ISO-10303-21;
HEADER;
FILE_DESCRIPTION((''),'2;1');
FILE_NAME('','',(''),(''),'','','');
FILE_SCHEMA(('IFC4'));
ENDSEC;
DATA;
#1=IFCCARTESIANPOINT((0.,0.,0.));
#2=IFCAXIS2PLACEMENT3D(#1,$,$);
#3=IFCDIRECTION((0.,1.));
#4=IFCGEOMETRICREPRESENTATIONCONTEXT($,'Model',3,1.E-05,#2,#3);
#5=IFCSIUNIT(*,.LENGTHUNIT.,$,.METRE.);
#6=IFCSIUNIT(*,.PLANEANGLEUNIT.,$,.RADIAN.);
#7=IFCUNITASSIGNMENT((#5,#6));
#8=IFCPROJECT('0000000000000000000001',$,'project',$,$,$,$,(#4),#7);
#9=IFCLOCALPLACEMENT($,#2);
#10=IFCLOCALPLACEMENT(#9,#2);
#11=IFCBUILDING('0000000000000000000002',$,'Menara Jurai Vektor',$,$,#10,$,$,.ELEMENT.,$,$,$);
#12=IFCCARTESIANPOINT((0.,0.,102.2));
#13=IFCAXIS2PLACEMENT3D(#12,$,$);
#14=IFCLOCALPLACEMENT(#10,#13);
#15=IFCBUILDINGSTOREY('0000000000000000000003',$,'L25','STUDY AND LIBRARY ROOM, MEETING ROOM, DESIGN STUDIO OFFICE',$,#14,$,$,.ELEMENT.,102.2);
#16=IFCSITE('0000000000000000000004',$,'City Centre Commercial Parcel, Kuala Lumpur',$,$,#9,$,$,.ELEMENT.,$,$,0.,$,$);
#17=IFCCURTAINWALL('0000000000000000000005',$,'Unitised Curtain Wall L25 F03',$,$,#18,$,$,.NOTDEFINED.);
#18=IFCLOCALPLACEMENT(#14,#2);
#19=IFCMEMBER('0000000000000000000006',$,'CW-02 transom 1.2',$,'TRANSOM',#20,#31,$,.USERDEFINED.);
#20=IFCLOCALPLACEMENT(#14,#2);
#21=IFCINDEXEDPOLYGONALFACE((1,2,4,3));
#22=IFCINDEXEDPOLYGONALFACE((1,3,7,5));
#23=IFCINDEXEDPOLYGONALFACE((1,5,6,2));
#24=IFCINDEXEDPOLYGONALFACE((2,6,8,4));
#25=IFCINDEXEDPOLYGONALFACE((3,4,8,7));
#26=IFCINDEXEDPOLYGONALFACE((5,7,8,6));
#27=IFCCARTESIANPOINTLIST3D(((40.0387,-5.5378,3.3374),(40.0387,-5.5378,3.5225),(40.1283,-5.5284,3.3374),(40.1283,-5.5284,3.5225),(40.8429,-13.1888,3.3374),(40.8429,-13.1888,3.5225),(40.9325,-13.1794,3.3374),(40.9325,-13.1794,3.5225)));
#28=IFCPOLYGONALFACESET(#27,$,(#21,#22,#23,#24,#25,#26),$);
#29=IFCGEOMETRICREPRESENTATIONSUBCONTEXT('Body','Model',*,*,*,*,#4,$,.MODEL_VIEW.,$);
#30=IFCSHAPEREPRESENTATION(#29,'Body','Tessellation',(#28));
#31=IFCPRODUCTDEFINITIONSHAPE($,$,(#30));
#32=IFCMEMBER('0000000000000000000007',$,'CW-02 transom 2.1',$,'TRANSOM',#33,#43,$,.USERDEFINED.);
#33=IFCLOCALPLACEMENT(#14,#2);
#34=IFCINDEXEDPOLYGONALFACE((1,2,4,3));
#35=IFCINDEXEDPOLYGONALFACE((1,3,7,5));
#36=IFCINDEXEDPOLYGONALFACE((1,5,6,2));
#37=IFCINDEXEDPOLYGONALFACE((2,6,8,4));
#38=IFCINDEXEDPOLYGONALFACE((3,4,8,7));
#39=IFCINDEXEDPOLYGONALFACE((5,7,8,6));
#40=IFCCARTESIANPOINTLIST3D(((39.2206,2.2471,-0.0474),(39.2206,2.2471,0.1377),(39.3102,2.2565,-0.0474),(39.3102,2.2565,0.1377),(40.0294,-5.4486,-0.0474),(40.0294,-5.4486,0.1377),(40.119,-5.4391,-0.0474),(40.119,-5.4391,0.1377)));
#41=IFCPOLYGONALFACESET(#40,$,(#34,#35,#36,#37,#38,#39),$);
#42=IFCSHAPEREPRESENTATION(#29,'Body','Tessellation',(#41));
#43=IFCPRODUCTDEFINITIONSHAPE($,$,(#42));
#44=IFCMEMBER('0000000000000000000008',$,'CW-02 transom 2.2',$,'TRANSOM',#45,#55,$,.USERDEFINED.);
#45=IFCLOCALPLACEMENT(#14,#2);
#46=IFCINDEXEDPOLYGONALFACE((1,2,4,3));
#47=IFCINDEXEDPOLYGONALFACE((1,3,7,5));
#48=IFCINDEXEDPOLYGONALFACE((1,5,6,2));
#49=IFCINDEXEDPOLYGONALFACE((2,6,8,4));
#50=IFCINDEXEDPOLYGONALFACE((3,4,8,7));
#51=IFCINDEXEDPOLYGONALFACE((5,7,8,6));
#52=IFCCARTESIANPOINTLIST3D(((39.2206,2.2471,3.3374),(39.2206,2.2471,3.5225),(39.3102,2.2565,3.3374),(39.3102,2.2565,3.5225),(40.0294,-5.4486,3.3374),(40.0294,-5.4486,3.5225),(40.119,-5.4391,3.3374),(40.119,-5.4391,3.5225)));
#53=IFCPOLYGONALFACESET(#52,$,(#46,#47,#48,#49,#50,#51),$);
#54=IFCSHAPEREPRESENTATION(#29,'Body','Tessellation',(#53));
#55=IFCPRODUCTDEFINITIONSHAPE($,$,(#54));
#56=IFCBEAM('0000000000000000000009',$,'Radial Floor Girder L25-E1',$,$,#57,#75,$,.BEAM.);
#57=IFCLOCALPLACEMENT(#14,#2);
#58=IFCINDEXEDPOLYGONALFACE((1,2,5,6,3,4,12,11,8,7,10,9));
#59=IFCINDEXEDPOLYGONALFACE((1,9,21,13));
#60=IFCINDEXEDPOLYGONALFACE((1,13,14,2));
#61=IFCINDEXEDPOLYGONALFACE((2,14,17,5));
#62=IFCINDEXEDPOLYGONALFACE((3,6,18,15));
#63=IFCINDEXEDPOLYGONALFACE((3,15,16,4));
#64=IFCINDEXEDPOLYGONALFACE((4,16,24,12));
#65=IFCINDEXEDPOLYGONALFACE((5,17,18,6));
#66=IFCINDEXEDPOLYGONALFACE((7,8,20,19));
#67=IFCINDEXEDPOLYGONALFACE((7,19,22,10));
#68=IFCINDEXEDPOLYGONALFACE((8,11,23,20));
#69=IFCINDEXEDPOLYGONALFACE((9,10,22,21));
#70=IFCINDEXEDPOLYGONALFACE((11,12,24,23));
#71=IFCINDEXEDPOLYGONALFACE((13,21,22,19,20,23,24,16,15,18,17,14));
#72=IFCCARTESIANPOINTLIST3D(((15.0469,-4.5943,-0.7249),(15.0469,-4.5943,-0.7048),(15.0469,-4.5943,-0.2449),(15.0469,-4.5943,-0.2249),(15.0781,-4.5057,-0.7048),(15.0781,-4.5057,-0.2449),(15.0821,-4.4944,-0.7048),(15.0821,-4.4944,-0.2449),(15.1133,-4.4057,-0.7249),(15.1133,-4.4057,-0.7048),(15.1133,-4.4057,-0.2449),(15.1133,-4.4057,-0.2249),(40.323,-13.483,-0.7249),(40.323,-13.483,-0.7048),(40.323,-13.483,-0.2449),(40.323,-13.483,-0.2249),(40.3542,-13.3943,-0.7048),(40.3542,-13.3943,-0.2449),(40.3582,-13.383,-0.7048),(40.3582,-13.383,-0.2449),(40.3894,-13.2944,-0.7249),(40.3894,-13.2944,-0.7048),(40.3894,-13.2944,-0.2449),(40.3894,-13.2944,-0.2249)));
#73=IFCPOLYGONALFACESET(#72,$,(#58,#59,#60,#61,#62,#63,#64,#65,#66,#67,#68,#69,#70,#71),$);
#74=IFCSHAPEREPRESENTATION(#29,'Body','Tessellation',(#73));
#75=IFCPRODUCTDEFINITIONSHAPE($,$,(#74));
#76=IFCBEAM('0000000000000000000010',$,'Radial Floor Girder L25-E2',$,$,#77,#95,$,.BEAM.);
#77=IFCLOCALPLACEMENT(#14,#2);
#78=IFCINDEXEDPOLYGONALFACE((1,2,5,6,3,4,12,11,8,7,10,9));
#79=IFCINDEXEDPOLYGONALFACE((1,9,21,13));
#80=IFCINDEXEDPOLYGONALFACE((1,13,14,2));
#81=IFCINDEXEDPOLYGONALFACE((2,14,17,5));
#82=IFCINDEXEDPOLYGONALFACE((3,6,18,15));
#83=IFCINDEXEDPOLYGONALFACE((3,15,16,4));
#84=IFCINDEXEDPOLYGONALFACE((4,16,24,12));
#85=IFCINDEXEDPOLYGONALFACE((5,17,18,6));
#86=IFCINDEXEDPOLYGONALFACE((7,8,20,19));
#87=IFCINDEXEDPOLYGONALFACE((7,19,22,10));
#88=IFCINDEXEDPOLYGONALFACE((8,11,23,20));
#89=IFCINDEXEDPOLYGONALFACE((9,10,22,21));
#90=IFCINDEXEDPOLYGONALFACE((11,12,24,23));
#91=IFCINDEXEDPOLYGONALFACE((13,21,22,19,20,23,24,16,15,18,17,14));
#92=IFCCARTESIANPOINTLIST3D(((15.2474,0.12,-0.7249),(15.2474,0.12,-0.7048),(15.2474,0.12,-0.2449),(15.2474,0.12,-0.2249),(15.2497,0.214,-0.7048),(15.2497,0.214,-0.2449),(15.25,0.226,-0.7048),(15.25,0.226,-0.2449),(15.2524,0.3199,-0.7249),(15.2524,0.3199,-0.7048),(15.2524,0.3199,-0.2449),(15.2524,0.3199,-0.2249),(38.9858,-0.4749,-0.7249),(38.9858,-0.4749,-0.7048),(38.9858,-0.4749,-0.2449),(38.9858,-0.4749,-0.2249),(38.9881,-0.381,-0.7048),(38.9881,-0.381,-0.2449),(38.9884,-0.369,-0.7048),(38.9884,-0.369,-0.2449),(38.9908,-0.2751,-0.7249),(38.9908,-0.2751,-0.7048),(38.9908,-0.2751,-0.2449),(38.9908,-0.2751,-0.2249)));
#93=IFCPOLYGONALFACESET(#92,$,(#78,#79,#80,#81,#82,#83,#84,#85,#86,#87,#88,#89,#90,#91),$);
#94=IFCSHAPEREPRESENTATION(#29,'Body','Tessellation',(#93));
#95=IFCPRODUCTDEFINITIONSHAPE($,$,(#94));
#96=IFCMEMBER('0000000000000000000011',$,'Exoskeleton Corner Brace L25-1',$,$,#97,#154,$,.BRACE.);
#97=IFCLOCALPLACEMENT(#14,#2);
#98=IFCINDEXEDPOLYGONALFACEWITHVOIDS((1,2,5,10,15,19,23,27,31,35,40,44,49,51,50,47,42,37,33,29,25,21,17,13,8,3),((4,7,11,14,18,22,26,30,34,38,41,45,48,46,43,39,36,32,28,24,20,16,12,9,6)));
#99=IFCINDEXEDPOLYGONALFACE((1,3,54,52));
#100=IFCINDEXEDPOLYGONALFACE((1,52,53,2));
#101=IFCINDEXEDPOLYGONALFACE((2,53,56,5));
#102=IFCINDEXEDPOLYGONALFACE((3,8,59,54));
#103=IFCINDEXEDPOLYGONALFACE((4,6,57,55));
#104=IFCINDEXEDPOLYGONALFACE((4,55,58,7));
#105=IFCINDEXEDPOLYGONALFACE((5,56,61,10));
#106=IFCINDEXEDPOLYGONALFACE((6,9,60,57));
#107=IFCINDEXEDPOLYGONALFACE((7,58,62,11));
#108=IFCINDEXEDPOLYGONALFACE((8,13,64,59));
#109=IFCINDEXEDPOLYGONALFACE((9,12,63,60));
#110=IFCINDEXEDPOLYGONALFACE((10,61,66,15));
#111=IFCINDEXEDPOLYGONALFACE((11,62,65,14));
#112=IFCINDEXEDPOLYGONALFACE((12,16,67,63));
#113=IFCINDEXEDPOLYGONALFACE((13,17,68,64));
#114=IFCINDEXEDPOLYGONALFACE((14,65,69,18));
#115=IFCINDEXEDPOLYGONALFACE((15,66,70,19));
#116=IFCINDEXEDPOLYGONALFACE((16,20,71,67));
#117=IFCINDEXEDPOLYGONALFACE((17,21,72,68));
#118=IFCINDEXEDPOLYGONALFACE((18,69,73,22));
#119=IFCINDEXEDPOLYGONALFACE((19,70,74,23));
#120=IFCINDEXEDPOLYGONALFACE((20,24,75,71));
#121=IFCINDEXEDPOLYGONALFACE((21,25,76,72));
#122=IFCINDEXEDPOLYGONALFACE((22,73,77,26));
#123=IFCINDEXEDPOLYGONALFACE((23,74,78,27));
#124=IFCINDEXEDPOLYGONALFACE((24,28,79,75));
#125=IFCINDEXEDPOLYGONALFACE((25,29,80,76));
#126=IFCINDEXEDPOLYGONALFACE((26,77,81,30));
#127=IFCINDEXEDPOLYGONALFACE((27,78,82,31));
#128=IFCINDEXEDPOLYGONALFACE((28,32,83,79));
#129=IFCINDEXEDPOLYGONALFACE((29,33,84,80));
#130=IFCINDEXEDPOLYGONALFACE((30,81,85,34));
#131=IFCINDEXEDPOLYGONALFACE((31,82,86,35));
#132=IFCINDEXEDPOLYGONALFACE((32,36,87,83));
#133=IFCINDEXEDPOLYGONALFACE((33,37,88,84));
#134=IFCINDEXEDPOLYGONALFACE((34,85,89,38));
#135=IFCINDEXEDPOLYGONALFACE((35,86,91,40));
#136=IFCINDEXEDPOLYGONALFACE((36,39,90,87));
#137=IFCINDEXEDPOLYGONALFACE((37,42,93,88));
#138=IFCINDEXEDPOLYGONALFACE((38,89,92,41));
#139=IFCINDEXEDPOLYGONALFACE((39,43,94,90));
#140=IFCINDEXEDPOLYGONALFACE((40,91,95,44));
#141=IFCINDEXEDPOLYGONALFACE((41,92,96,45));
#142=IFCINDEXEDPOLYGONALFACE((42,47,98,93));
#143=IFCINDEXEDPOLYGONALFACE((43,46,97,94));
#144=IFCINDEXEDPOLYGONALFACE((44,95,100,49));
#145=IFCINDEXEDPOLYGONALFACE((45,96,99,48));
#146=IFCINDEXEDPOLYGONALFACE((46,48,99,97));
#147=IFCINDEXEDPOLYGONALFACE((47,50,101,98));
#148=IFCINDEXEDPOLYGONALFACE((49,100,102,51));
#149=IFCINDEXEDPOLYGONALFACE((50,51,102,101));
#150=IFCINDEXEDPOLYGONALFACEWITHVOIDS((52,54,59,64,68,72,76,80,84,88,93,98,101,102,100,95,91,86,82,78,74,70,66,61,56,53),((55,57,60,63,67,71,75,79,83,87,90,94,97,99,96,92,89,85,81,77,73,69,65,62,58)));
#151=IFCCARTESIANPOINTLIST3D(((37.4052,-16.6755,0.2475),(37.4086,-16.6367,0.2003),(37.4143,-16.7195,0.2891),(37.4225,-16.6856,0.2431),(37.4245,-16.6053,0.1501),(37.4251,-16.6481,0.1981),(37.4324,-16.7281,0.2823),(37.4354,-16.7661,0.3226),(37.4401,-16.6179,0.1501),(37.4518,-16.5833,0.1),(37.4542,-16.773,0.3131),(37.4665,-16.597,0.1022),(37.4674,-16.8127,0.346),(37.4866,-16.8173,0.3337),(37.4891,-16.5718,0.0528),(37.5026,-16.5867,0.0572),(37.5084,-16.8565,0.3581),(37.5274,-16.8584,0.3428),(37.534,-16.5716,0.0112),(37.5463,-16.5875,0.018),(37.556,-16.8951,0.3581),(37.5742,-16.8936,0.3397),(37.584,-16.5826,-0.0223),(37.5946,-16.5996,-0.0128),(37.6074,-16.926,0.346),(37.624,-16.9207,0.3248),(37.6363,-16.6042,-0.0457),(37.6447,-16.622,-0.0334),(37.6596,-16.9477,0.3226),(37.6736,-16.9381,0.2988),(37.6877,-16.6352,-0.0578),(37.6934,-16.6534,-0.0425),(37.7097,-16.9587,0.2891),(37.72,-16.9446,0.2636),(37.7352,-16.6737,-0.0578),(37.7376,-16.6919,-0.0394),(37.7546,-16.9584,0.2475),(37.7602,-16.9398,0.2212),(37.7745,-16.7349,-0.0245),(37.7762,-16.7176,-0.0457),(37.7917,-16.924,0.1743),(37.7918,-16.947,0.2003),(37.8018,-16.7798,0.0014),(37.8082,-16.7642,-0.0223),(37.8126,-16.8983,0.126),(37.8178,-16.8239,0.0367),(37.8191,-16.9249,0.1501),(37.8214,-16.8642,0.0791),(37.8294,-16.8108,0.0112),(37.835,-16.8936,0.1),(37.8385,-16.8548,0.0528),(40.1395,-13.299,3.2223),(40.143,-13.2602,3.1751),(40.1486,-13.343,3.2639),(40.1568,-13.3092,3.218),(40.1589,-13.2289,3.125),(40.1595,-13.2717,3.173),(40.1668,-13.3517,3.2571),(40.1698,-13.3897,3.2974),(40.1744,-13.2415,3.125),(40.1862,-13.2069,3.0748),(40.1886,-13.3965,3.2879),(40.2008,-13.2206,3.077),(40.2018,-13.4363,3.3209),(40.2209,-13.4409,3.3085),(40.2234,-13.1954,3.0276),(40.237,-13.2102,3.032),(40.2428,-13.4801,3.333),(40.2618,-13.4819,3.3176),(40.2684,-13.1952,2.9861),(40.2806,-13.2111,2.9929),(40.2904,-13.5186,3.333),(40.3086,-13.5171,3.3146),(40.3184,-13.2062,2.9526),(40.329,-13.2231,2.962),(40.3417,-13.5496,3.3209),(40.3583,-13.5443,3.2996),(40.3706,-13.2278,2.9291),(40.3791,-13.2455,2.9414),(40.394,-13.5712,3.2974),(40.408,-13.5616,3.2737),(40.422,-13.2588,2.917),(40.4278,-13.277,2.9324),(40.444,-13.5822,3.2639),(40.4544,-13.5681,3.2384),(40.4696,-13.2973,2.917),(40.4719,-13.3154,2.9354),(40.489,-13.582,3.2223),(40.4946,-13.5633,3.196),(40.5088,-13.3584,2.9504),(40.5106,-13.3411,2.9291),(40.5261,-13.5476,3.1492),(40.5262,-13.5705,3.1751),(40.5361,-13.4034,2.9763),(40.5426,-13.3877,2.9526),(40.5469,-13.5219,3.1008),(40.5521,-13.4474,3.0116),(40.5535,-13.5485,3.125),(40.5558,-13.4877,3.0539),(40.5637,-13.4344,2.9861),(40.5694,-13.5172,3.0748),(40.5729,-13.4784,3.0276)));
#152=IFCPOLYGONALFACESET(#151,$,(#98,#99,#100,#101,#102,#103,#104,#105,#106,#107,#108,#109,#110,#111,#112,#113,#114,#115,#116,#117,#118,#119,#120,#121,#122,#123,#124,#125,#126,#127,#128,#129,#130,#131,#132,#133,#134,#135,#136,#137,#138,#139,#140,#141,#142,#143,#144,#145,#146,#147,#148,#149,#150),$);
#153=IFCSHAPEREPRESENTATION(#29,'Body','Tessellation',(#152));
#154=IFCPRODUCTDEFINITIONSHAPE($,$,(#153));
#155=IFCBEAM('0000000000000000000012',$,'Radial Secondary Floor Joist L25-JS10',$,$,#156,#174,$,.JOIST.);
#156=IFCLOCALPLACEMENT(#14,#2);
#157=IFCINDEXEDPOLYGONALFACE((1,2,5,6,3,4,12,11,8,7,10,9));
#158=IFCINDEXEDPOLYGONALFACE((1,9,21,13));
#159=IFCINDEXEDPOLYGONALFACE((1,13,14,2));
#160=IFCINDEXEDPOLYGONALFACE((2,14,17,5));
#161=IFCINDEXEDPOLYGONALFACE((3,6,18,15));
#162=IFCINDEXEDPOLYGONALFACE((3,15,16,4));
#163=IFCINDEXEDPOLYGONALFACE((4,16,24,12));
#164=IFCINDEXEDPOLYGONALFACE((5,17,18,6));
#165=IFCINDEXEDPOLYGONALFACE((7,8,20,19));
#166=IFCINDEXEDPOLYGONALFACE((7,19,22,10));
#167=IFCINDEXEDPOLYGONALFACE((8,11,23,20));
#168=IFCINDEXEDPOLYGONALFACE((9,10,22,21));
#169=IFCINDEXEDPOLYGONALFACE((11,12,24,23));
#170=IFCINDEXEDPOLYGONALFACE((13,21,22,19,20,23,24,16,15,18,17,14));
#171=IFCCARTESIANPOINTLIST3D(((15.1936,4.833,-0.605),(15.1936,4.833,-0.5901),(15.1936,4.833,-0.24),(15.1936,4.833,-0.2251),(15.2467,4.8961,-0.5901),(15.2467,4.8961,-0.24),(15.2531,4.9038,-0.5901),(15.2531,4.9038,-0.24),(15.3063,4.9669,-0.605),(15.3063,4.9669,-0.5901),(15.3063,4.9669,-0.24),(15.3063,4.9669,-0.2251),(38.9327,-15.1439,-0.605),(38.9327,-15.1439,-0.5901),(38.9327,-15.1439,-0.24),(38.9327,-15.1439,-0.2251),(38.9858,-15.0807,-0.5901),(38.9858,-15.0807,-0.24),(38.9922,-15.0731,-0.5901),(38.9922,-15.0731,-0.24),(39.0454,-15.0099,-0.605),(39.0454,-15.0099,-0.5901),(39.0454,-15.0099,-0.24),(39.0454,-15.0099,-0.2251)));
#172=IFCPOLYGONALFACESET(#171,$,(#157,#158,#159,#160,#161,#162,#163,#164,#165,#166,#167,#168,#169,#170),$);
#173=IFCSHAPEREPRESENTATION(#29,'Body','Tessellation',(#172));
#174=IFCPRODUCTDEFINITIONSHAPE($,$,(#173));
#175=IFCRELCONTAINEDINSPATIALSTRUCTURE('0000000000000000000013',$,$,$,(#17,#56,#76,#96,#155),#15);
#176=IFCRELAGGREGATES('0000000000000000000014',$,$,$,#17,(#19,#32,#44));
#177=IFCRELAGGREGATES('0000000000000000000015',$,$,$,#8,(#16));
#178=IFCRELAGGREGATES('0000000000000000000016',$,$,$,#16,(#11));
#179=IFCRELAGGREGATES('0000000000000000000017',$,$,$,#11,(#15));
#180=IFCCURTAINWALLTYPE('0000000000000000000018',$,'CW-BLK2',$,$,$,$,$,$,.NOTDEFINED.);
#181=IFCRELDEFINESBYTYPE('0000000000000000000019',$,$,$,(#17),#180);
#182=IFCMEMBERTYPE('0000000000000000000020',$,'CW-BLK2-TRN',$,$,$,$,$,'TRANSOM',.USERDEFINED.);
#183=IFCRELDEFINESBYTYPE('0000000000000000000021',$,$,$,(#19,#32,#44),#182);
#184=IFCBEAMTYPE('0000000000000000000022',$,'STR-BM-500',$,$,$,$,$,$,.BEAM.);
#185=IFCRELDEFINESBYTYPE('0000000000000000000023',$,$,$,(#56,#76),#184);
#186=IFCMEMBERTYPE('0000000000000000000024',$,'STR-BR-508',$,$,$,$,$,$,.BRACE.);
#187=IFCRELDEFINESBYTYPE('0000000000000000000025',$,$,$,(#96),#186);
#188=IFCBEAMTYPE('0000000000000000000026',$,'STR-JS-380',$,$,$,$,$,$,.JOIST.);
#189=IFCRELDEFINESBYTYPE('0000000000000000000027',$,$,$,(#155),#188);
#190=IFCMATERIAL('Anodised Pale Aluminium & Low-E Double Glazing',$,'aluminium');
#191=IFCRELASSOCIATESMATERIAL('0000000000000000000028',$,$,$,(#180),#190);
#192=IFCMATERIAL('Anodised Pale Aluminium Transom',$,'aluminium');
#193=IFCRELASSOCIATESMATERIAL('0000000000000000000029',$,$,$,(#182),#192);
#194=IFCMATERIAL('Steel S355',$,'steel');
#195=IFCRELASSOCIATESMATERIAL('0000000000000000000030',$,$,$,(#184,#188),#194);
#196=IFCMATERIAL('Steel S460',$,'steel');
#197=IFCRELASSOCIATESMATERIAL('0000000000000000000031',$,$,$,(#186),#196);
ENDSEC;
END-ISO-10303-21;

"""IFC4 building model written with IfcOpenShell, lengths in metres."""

from ifc_helpers import new_model, si_unit, direction, frame, origin, origin_2d, place, context, subcontext, project, spatial, rectangle, hollow_circle, i_section, extrude, material, material_profile, profile_set, type_object, element, aggregate, save


model = new_model("IFC4")

# Units and contexts
model_context = context("Model", 3, precision=1e-05, world=origin(), true_north=direction((0.0, 1.0)))
body_context = subcontext(model_context, "Body", "Model", "MODEL_VIEW")
ifc_project = project(units=[si_unit("LENGTHUNIT", "METRE"), si_unit("PLANEANGLEUNIT", "RADIAN")], contexts=[model_context])

# Site, building, storey
site_placement = place(None, origin())
site = spatial("IfcSite", under=ifc_project, at=site_placement, Name="City Centre Commercial Parcel, Kuala Lumpur", CompositionType="ELEMENT", RefElevation=0.0)
building_placement = place(site_placement, origin())
building = spatial("IfcBuilding", under=site, at=building_placement, Name="Menara Jurai Vektor", CompositionType="ELEMENT")
storey_placement = place(building_placement, frame((0.0, 0.0, 102.2)))
storey = spatial("IfcBuildingStorey", under=building, at=storey_placement, Name="L25", Description="STUDY AND LIBRARY ROOM, MEETING ROOM, DESIGN STUDIO OFFICE", CompositionType="ELEMENT", Elevation=102.2)

# Shared definitions
ifc_material_1 = material(Name="Steel S460", Category="steel")

# Curtain wall
ifc_material_2 = material(Name="Anodised Pale Aluminium & Low-E Double Glazing", Category="aluminium")
curtain_wall_type = type_object("IfcCurtainWallType", Name="CW-BLK2", PredefinedType="NOTDEFINED", material=ifc_material_2)
curtain_wall_1_placement = place(storey_placement, origin())
curtain_wall_1 = element("IfcCurtainWall", 1, at=curtain_wall_1_placement, inside=storey, type_object=curtain_wall_type, Name="Unitised Curtain Wall L25 F03", PredefinedType="NOTDEFINED")

# Members
ifc_material_3 = material(Name="Anodised Pale Aluminium Transom", Category="aluminium")
ifc_material_profile_1 = material_profile(ifc_material_3, rectangle(XDim=0.0901, YDim=0.1851, at=origin_2d()), Name="ALU TRN 90x185")
ifc_profile_set_1 = profile_set([ifc_material_profile_1], Name="Anodised Pale Aluminium Transom")
member_type_1 = type_object("IfcMemberType", Name="CW-BLK2-TRN", ElementType="TRANSOM", PredefinedType="USERDEFINED", material=ifc_profile_set_1)
member_1_placement = place(storey_placement, frame((40.8877, -13.1841, 3.4299), z_axis=(-0.104536, 0.994521, 0.0), x_axis=(-0.994521, -0.104536, 0.0)))
member_1 = element("IfcMember", 2, at=member_1_placement, type_object=member_type_1, Name="CW-02 transom 1.2", ObjectType="TRANSOM", PredefinedType="USERDEFINED", context=body_context, shape_type="SweptSolid", body=[
    extrude(rectangle(XDim=0.0901, YDim=0.1851, at=origin_2d()), origin(), (0.0, 0.0, 1.0), 7.6931),
])
member_2_placement = place(storey_placement, frame((40.0742, -5.4438, 0.0452), z_axis=(-0.104529, 0.994522, 0.0), x_axis=(-0.994522, -0.104529, 0.0)))
member_2 = element("IfcMember", 3, at=member_2_placement, type_object=member_type_1, Name="CW-02 transom 2.1", ObjectType="TRANSOM", PredefinedType="USERDEFINED", context=body_context, shape_type="SweptSolid", body=[
    extrude(rectangle(XDim=0.0901, YDim=0.1851, at=origin_2d()), origin(), (0.0, 0.0, 1.0), 7.738),
])
member_3_placement = place(storey_placement, frame((40.0742, -5.4438, 3.4299), z_axis=(-0.104529, 0.994522, 0.0), x_axis=(-0.994522, -0.104529, 0.0)))
member_3 = element("IfcMember", 4, at=member_3_placement, type_object=member_type_1, Name="CW-02 transom 2.2", ObjectType="TRANSOM", PredefinedType="USERDEFINED", context=body_context, shape_type="SweptSolid", body=[
    extrude(rectangle(XDim=0.0901, YDim=0.1851, at=origin_2d()), origin(), (0.0, 0.0, 1.0), 7.738),
])

# Beams
ifc_material_4 = material(Name="Steel S355", Category="steel")
ifc_material_profile_2 = material_profile(ifc_material_4, i_section(OverallWidth=0.2, OverallDepth=0.5, WebThickness=0.012, FlangeThickness=0.02, at=origin_2d()), Name="PG 500x200x96")
ifc_profile_set_2 = profile_set([ifc_material_profile_2], Name="Steel S355")
beam_type_1 = type_object("IfcBeamType", Name="STR-BM-500", PredefinedType="BEAM", material=ifc_profile_set_2)
beam_1_placement = place(storey_placement, frame((40.3562, -13.3887, -0.4749), z_axis=(-0.943368, 0.331747, 0.0), x_axis=(-0.331747, -0.943368, 0.0)))
element("IfcBeam", 5, at=beam_1_placement, inside=storey, type_object=beam_type_1, Name="Radial Floor Girder L25-E1", PredefinedType="BEAM", context=body_context, shape_type="SweptSolid", body=[
    extrude(i_section(OverallWidth=0.2, OverallDepth=0.5, WebThickness=0.012, FlangeThickness=0.02, at=origin_2d()), origin(), (0.0, 0.0, 1.0), 26.7935),
])
beam_2_placement = place(storey_placement, frame((38.9883, -0.375, -0.4749), z_axis=(-0.999686, 0.025056, 0.0), x_axis=(-0.025056, -0.999686, 0.0)))
element("IfcBeam", 6, at=beam_2_placement, inside=storey, type_object=beam_type_1, Name="Radial Floor Girder L25-E2", PredefinedType="BEAM", context=body_context, shape_type="SweptSolid", body=[
    extrude(i_section(OverallWidth=0.2, OverallDepth=0.5, WebThickness=0.012, FlangeThickness=0.02, at=origin_2d()), origin(), (0.0, 0.0, 1.0), 23.7458),
])

# Member
ifc_material_profile_3 = material_profile(ifc_material_1, hollow_circle(Radius=0.2539, WallThickness=0.02, at=origin_2d()), Name="CHS 508x20")
ifc_profile_set_3 = profile_set([ifc_material_profile_3], Name="Steel S460")
member_type_2 = type_object("IfcMemberType", Name="STR-BR-508", PredefinedType="BRACE", material=ifc_profile_set_3)
member_4_placement = place(storey_placement, frame((37.6218, -16.7651, 0.1501), z_axis=(0.519285, 0.641225, 0.564955), x_axis=(-0.777127, 0.629344, 0.0)))
element("IfcMember", 7, at=member_4_placement, inside=storey, type_object=member_type_2, Name="Exoskeleton Corner Brace L25-1", PredefinedType="BRACE", context=body_context, shape_type="SweptSolid", body=[
    extrude(hollow_circle(Radius=0.2539, WallThickness=0.02, at=origin_2d()), origin(), (0.0, 0.0, 1.0), 5.2656),
])

# Beam
ifc_material_profile_4 = material_profile(ifc_material_4, i_section(OverallWidth=0.175, OverallDepth=0.3799, WebThickness=0.01, FlangeThickness=0.0149, at=origin_2d()), Name="PG 380x175x58")
ifc_profile_set_4 = profile_set([ifc_material_profile_4], Name="Steel S355")
beam_type_2 = type_object("IfcBeamType", Name="STR-JS-380", PredefinedType="JOIST", material=ifc_profile_set_4)
beam_3_placement = place(storey_placement, frame((38.989, -15.0769, -0.415), z_axis=(-0.765133, 0.643873, 0.0), x_axis=(-0.643873, -0.765133, 0.0)))
element("IfcBeam", 8, at=beam_3_placement, inside=storey, type_object=beam_type_2, Name="Radial Secondary Floor Joist L25-JS10", PredefinedType="JOIST", context=body_context, shape_type="SweptSolid", body=[
    extrude(i_section(OverallWidth=0.175, OverallDepth=0.3799, WebThickness=0.01, FlangeThickness=0.0149, at=origin_2d()), origin(), (0.0, 0.0, 1.0), 31.0261),
])

aggregate(curtain_wall_1, [member_1, member_2, member_3])

save(model, "model.ifc")
